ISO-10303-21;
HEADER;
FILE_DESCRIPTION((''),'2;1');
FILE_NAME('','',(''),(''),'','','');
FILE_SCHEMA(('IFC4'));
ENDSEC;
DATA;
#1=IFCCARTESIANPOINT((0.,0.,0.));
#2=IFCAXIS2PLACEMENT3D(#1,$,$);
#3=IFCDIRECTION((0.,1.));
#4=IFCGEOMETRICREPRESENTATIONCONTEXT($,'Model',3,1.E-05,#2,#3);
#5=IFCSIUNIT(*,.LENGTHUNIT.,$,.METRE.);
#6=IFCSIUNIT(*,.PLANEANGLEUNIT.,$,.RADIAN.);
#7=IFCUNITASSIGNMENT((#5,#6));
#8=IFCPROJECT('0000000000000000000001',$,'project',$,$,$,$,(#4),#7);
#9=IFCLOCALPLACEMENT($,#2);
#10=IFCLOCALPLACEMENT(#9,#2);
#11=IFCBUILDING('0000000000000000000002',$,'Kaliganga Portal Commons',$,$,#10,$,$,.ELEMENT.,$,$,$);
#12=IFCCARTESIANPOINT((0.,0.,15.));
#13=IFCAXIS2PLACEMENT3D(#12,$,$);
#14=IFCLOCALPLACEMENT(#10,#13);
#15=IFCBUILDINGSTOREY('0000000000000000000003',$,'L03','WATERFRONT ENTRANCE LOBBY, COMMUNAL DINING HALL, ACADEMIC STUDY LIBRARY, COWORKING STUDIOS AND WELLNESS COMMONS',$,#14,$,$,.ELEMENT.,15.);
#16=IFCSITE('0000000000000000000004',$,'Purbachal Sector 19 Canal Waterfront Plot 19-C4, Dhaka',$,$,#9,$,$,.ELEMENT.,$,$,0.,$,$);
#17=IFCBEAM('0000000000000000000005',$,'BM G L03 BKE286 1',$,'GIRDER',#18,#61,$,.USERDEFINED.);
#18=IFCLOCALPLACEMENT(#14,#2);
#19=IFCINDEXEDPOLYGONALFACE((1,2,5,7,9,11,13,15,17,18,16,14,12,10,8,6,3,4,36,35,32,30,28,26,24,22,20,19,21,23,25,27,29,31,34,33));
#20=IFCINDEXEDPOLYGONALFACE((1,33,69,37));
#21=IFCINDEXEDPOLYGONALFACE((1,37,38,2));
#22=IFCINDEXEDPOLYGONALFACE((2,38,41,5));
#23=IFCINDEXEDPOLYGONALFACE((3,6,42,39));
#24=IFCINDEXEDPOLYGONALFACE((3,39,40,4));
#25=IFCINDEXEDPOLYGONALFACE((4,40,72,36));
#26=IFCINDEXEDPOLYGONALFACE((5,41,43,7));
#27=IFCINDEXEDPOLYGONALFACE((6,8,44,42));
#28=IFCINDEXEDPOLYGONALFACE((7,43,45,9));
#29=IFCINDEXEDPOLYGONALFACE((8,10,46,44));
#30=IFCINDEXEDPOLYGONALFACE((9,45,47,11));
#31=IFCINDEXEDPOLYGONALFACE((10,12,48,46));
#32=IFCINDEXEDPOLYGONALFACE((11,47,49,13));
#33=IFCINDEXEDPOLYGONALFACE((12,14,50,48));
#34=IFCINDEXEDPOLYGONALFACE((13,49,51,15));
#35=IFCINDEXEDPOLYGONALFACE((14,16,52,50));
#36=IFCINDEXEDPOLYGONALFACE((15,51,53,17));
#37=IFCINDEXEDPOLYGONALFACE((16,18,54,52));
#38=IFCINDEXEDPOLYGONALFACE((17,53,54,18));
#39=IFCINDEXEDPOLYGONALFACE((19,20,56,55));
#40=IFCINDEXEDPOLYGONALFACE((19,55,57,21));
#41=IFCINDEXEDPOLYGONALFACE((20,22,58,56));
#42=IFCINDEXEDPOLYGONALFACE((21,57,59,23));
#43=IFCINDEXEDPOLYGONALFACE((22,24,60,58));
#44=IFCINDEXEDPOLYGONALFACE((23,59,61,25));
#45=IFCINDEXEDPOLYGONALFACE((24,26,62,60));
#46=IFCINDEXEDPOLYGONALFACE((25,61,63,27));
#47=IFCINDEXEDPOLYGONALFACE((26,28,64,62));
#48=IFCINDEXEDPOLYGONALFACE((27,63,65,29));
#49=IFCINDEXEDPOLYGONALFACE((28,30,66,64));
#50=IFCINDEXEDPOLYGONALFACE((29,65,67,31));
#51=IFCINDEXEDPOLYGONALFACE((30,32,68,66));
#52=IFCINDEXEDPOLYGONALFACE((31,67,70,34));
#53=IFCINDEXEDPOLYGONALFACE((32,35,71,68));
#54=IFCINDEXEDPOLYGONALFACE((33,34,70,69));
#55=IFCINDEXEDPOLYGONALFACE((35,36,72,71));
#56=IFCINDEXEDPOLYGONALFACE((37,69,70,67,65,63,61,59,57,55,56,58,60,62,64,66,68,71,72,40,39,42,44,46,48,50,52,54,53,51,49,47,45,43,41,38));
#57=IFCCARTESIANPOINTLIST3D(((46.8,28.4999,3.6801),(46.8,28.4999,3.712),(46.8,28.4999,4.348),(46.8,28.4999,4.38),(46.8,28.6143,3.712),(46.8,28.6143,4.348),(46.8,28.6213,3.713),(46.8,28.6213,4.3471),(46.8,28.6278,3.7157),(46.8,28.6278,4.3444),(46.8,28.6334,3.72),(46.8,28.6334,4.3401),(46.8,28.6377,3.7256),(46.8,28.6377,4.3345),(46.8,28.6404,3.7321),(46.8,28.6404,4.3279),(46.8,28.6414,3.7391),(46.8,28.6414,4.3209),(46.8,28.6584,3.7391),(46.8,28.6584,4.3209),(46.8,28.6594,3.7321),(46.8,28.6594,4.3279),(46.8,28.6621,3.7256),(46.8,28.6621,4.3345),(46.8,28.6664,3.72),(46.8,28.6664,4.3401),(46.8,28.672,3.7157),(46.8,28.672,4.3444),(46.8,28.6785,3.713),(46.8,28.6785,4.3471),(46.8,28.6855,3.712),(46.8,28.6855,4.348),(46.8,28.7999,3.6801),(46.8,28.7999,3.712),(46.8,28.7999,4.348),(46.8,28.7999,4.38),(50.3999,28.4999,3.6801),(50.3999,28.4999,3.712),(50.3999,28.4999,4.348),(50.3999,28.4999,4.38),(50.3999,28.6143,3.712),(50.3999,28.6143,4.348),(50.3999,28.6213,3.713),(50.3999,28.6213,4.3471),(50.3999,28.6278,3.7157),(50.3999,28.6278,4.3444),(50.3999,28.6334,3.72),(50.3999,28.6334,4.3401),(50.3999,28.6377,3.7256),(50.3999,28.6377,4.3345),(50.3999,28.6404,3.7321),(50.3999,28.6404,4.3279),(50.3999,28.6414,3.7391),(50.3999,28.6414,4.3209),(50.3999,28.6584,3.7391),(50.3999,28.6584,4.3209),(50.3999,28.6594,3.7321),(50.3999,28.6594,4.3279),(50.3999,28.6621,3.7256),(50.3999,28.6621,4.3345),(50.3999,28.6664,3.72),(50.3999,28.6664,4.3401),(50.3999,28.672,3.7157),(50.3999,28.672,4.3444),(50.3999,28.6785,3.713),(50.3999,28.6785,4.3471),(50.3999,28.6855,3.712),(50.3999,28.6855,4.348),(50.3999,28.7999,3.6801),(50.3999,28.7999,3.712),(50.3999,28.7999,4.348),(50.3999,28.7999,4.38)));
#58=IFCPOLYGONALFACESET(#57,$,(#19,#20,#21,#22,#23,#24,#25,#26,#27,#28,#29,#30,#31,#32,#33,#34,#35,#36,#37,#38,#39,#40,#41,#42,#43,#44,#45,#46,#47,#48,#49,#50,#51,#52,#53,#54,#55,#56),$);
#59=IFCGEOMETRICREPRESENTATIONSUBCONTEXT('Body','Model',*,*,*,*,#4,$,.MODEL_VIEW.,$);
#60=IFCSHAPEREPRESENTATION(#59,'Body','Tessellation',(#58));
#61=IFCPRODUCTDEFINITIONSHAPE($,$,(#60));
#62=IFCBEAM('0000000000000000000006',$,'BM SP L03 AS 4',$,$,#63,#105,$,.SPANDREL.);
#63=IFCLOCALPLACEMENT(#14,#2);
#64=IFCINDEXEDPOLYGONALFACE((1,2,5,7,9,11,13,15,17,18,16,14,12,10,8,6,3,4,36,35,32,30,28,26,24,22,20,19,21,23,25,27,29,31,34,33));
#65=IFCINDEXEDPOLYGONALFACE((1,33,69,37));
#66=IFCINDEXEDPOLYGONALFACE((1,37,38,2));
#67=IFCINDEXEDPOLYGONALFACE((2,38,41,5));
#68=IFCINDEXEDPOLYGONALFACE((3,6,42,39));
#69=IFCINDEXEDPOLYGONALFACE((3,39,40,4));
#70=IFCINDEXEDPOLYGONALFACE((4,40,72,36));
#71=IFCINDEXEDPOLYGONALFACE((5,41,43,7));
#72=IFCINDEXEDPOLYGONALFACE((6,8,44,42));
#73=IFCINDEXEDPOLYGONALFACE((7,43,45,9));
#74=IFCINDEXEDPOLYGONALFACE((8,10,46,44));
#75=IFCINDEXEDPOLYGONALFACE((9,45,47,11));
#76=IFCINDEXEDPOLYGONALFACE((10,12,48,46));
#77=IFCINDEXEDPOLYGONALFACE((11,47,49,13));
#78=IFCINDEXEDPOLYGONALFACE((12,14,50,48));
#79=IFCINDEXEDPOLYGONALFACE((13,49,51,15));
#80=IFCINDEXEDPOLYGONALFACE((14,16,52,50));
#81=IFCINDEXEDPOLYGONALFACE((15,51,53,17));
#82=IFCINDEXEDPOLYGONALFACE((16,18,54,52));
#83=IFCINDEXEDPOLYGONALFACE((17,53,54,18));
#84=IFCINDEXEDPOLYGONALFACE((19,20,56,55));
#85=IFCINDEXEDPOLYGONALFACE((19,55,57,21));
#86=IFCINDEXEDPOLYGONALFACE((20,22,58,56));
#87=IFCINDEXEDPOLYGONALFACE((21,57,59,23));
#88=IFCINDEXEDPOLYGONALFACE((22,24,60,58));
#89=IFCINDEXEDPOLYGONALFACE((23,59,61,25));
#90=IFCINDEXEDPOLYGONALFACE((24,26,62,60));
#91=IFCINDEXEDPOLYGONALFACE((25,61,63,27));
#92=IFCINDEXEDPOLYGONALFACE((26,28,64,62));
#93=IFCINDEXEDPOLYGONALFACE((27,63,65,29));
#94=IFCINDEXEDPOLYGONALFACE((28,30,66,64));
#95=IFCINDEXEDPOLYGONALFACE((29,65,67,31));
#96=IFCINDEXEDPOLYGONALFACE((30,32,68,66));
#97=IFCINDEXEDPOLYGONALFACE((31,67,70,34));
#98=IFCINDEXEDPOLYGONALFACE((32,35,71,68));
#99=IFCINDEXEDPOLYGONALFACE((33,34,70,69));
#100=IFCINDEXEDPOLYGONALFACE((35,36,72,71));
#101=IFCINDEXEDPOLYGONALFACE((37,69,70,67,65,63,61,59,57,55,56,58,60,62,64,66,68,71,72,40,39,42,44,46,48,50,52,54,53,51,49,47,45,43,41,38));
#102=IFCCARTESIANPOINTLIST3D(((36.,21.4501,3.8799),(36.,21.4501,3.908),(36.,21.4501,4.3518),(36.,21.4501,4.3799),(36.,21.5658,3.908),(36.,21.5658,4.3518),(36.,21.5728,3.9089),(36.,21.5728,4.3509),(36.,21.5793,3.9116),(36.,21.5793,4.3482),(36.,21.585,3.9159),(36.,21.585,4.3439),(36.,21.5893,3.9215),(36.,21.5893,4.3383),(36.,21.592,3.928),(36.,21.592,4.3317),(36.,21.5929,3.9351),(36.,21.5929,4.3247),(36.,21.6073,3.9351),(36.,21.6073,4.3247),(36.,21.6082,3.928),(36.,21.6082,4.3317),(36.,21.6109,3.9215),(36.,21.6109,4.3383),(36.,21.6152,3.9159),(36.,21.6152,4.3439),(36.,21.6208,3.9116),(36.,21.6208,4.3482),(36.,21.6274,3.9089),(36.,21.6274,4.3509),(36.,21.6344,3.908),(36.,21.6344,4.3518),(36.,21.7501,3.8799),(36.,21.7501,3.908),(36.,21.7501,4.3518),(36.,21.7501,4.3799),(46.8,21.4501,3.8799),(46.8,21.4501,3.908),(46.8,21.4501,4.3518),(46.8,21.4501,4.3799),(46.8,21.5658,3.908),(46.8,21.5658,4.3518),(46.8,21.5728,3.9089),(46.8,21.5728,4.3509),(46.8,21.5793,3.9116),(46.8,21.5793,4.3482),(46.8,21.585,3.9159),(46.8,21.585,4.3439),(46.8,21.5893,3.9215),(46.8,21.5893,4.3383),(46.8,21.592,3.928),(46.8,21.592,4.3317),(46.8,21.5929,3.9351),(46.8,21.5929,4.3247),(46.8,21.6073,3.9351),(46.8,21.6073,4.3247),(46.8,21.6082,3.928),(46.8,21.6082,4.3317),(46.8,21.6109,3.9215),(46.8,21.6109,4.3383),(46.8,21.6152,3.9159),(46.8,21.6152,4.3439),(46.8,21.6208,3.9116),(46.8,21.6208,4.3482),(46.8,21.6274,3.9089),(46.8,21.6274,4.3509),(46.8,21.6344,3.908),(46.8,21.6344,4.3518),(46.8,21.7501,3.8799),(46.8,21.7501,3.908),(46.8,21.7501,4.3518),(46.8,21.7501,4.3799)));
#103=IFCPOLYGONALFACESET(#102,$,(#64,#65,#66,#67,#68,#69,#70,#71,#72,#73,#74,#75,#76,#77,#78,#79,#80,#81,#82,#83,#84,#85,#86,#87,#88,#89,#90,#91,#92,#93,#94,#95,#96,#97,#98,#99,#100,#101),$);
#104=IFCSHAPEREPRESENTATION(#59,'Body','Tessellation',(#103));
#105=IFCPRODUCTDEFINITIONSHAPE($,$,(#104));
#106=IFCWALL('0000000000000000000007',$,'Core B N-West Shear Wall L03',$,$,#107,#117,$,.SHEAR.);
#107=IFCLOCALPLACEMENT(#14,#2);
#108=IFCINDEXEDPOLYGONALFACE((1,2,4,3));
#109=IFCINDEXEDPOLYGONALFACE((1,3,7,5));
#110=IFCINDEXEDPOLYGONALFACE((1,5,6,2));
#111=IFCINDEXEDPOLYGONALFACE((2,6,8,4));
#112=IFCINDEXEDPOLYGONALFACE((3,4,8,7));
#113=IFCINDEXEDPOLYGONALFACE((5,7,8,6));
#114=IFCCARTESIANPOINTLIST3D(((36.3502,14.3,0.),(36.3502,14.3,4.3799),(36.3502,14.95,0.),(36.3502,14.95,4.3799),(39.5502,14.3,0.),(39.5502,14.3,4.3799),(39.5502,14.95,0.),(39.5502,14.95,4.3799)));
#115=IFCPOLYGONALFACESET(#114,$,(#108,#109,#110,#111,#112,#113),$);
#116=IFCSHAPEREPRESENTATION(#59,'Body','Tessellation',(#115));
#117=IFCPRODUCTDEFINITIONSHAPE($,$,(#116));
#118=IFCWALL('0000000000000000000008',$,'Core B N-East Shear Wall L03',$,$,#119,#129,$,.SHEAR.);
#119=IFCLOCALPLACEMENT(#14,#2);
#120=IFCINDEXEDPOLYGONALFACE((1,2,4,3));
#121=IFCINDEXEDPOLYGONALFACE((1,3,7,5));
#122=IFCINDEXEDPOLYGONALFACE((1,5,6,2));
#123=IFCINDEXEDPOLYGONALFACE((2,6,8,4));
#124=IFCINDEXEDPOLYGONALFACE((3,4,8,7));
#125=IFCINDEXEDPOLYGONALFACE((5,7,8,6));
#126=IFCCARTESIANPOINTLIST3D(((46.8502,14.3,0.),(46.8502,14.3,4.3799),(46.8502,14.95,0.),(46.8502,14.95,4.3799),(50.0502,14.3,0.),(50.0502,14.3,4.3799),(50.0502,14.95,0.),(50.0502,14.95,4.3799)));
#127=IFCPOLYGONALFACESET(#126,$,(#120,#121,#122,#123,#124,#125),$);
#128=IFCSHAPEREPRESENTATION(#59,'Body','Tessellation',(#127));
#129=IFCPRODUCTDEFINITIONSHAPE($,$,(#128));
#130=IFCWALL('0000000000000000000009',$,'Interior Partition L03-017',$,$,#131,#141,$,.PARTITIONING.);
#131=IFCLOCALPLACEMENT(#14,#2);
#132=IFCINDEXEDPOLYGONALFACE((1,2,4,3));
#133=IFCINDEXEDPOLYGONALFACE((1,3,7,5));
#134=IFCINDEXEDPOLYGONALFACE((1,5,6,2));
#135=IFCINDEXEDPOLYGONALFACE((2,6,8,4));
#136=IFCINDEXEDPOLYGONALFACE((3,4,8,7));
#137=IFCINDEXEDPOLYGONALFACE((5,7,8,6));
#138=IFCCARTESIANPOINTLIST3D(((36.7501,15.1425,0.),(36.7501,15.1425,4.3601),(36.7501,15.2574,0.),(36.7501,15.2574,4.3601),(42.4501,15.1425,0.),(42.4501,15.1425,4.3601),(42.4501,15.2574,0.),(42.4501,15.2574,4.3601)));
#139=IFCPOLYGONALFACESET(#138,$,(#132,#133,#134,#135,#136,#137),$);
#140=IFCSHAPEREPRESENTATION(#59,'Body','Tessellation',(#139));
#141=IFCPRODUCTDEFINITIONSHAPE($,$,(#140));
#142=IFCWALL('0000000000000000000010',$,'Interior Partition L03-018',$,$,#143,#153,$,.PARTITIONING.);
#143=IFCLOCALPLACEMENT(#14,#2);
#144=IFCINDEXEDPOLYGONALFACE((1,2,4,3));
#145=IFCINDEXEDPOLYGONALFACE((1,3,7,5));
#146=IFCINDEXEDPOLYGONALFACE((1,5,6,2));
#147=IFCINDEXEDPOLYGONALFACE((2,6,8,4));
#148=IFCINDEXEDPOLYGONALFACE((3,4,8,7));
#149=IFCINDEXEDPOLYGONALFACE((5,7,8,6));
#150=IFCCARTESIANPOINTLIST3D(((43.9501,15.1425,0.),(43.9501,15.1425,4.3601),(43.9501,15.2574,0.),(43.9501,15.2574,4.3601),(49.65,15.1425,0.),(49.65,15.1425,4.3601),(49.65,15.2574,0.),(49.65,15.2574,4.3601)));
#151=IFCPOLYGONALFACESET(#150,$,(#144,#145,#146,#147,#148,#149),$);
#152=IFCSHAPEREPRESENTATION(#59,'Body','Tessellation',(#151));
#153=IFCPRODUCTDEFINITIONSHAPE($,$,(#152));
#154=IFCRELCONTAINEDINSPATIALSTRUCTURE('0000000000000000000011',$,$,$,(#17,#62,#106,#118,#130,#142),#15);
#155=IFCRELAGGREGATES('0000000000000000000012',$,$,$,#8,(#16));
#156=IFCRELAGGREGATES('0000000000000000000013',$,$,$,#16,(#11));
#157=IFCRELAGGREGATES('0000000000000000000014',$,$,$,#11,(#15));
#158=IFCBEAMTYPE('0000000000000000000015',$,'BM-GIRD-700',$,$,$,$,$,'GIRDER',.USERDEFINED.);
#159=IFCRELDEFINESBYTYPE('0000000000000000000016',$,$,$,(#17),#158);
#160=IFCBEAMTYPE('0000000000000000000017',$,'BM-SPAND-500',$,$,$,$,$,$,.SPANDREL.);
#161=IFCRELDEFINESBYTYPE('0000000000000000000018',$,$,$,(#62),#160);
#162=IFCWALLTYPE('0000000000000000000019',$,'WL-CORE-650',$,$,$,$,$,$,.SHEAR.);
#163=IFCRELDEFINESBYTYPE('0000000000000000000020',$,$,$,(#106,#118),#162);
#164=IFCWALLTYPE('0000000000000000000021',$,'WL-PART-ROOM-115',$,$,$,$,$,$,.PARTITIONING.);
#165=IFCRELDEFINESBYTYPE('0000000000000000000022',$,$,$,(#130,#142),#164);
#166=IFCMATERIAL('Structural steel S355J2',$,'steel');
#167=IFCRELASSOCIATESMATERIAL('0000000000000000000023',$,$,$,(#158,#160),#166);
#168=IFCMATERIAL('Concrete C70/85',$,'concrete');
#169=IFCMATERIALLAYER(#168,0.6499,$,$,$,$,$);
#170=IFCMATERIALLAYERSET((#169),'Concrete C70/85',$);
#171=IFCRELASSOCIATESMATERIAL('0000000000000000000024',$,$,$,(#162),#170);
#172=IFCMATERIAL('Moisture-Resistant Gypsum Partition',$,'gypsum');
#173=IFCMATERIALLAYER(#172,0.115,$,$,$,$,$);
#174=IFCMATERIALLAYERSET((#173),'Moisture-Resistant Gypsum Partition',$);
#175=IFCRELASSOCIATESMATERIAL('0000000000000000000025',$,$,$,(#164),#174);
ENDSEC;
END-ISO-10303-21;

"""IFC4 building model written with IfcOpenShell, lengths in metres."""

from ifc_helpers import new_model, si_unit, direction, frame, frame_2d, origin, origin_2d, place, context, subcontext, project, spatial, rectangle, i_section, extrude, source, transform, mapped, material, layer, layer_set, material_profile, profile_set, type_object, element, save


model = new_model("IFC4")

# Units and contexts
model_context = context("Model", 3, precision=1e-05, world=origin(), true_north=direction((0.0, 1.0)))
body_context = subcontext(model_context, "Body", "Model", "MODEL_VIEW")
ifc_project = project(units=[si_unit("LENGTHUNIT", "METRE"), si_unit("PLANEANGLEUNIT", "RADIAN")], contexts=[model_context])

# Site, building, storey
site_placement = place(None, origin())
site = spatial("IfcSite", under=ifc_project, at=site_placement, Name="Purbachal Sector 19 Canal Waterfront Plot 19-C4, Dhaka", CompositionType="ELEMENT", RefElevation=0.0)
building_placement = place(site_placement, origin())
building = spatial("IfcBuilding", under=site, at=building_placement, Name="Kaliganga Portal Commons", CompositionType="ELEMENT")
storey_placement = place(building_placement, frame((0.0, 0.0, 15.0)))
storey = spatial("IfcBuildingStorey", under=building, at=storey_placement, Name="L03", Description="WATERFRONT ENTRANCE LOBBY, COMMUNAL DINING HALL, ACADEMIC STUDY LIBRARY, COWORKING STUDIOS AND WELLNESS COMMONS", CompositionType="ELEMENT", Elevation=15.0)

# Shared definitions
ifc_material_1 = material(Name="Concrete C70/85", Category="concrete")

# Beams
ifc_material_2 = material(Name="Structural steel S355J2", Category="steel")
ifc_material_profile_1 = material_profile(ifc_material_2, i_section(OverallWidth=0.3, OverallDepth=0.7, WebThickness=0.0171, FlangeThickness=0.032, FilletRadius=0.0271, at=origin_2d()), Name="HE 700 B")
ifc_profile_set_1 = profile_set([ifc_material_profile_1], Name="Structural steel S355J2 wide-flange")
beam_type_1 = type_object("IfcBeamType", Name="BM-GIRD-700", ElementType="GIRDER", PredefinedType="USERDEFINED", material=ifc_profile_set_1)
shared_shape_1 = source(origin(), body_context, "Body", "SweptSolid", [
    extrude(i_section(OverallWidth=0.3, OverallDepth=0.7, WebThickness=0.0171, FlangeThickness=0.032, FilletRadius=0.0271, at=origin_2d()), origin(), (0.0, 0.0, 1.0), 3.5999),
])
for number, where, z_axis, x_axis, name in (
    (1, (46.8, 28.6499, 4.03), (1.0, 0.0, 0.0), (0.0, 1.0, 0.0), "BM G L03 BKE286 1"),
):
    element("IfcBeam", number, at=place(storey_placement, frame(where, z_axis=z_axis, x_axis=x_axis)), inside=storey, type_object=beam_type_1, Name=name, ObjectType="GIRDER", PredefinedType="USERDEFINED", context=body_context, shape_type="MappedRepresentation", body=[
        mapped(shared_shape_1, transform((0.0, 0.0, 0.0), x_axis=(1.0, 0.0, 0.0), y_axis=(0.0, 1.0, 0.0), z_axis=(0.0, 0.0, 1.0), scale=1.0)),
    ])
ifc_material_profile_2 = material_profile(ifc_material_2, i_section(OverallWidth=0.3, OverallDepth=0.5, WebThickness=0.0144, FlangeThickness=0.0281, FilletRadius=0.0271, at=origin_2d()), Name="HE 500 B")
ifc_profile_set_2 = profile_set([ifc_material_profile_2], Name="Structural steel S355J2 wide-flange")
beam_type_2 = type_object("IfcBeamType", Name="BM-SPAND-500", PredefinedType="SPANDREL", material=ifc_profile_set_2)
shared_shape_2 = source(origin(), body_context, "Body", "SweptSolid", [
    extrude(i_section(OverallWidth=0.3, OverallDepth=0.5, WebThickness=0.0144, FlangeThickness=0.0281, FilletRadius=0.0271, at=origin_2d()), origin(), (0.0, 0.0, 1.0), 10.8),
])
beam_1_placement = place(storey_placement, frame((36.0, 21.6001, 4.1299), z_axis=(1.0, 0.0, 0.0), x_axis=(0.0, 1.0, 0.0)))
element("IfcBeam", 2, at=beam_1_placement, inside=storey, type_object=beam_type_2, Name="BM SP L03 AS 4", PredefinedType="SPANDREL", context=body_context, shape_type="MappedRepresentation", body=[
    mapped(shared_shape_2, transform((0.0, 0.0, 0.0), x_axis=(1.0, 0.0, 0.0), y_axis=(0.0, 1.0, 0.0), z_axis=(0.0, 0.0, 1.0), scale=1.0)),
])

# Walls
ifc_layer_1 = layer(ifc_material_1, 0.6499)
ifc_layer_set_1 = layer_set([ifc_layer_1], Name="Concrete C70/85")
wall_type_1 = type_object("IfcWallType", Name="WL-CORE-650", PredefinedType="SHEAR", material=ifc_layer_set_1)
for number, where, z_axis, x_axis, name in (
    (3, (36.3501, 14.625, 0.0), (0.0, 0.0, 1.0), (1.0, 0.0, 0.0), "Core B N-West Shear Wall L03"),
    (4, (46.8501, 14.625, 0.0), (0.0, 0.0, 1.0), (1.0, 0.0, 0.0), "Core B N-East Shear Wall L03"),
):
    element("IfcWall", number, at=place(storey_placement, frame(where, z_axis=z_axis, x_axis=x_axis)), inside=storey, type_object=wall_type_1, Name=name, PredefinedType="SHEAR", context=body_context, shape_type="SweptSolid", body=[
        extrude(rectangle(XDim=3.2, YDim=0.6499, at=frame_2d((1.6001, 0.0))), origin(), (0.0, 0.0, 1.0), 4.3799),
    ])
ifc_material_3 = material(Name="Moisture-Resistant Gypsum Partition", Category="gypsum")
ifc_layer_2 = layer(ifc_material_3, 0.115)
ifc_layer_set_2 = layer_set([ifc_layer_2], Name="Moisture-Resistant Gypsum Partition")
wall_type_2 = type_object("IfcWallType", Name="WL-PART-ROOM-115", PredefinedType="PARTITIONING", material=ifc_layer_set_2)
for number, where, z_axis, x_axis, name in (
    (5, (36.75, 15.2, 0.0), (0.0, 0.0, 1.0), (1.0, 0.0, 0.0), "Interior Partition L03-017"),
    (6, (43.95, 15.2, 0.0), (0.0, 0.0, 1.0), (1.0, 0.0, 0.0), "Interior Partition L03-018"),
):
    element("IfcWall", number, at=place(storey_placement, frame(where, z_axis=z_axis, x_axis=x_axis)), inside=storey, type_object=wall_type_2, Name=name, PredefinedType="PARTITIONING", context=body_context, shape_type="SweptSolid", body=[
        extrude(rectangle(XDim=5.7, YDim=0.115, at=frame_2d((2.8501, 0.0))), origin(), (0.0, 0.0, 1.0), 4.3601),
    ])

save(model, "model.ifc")
